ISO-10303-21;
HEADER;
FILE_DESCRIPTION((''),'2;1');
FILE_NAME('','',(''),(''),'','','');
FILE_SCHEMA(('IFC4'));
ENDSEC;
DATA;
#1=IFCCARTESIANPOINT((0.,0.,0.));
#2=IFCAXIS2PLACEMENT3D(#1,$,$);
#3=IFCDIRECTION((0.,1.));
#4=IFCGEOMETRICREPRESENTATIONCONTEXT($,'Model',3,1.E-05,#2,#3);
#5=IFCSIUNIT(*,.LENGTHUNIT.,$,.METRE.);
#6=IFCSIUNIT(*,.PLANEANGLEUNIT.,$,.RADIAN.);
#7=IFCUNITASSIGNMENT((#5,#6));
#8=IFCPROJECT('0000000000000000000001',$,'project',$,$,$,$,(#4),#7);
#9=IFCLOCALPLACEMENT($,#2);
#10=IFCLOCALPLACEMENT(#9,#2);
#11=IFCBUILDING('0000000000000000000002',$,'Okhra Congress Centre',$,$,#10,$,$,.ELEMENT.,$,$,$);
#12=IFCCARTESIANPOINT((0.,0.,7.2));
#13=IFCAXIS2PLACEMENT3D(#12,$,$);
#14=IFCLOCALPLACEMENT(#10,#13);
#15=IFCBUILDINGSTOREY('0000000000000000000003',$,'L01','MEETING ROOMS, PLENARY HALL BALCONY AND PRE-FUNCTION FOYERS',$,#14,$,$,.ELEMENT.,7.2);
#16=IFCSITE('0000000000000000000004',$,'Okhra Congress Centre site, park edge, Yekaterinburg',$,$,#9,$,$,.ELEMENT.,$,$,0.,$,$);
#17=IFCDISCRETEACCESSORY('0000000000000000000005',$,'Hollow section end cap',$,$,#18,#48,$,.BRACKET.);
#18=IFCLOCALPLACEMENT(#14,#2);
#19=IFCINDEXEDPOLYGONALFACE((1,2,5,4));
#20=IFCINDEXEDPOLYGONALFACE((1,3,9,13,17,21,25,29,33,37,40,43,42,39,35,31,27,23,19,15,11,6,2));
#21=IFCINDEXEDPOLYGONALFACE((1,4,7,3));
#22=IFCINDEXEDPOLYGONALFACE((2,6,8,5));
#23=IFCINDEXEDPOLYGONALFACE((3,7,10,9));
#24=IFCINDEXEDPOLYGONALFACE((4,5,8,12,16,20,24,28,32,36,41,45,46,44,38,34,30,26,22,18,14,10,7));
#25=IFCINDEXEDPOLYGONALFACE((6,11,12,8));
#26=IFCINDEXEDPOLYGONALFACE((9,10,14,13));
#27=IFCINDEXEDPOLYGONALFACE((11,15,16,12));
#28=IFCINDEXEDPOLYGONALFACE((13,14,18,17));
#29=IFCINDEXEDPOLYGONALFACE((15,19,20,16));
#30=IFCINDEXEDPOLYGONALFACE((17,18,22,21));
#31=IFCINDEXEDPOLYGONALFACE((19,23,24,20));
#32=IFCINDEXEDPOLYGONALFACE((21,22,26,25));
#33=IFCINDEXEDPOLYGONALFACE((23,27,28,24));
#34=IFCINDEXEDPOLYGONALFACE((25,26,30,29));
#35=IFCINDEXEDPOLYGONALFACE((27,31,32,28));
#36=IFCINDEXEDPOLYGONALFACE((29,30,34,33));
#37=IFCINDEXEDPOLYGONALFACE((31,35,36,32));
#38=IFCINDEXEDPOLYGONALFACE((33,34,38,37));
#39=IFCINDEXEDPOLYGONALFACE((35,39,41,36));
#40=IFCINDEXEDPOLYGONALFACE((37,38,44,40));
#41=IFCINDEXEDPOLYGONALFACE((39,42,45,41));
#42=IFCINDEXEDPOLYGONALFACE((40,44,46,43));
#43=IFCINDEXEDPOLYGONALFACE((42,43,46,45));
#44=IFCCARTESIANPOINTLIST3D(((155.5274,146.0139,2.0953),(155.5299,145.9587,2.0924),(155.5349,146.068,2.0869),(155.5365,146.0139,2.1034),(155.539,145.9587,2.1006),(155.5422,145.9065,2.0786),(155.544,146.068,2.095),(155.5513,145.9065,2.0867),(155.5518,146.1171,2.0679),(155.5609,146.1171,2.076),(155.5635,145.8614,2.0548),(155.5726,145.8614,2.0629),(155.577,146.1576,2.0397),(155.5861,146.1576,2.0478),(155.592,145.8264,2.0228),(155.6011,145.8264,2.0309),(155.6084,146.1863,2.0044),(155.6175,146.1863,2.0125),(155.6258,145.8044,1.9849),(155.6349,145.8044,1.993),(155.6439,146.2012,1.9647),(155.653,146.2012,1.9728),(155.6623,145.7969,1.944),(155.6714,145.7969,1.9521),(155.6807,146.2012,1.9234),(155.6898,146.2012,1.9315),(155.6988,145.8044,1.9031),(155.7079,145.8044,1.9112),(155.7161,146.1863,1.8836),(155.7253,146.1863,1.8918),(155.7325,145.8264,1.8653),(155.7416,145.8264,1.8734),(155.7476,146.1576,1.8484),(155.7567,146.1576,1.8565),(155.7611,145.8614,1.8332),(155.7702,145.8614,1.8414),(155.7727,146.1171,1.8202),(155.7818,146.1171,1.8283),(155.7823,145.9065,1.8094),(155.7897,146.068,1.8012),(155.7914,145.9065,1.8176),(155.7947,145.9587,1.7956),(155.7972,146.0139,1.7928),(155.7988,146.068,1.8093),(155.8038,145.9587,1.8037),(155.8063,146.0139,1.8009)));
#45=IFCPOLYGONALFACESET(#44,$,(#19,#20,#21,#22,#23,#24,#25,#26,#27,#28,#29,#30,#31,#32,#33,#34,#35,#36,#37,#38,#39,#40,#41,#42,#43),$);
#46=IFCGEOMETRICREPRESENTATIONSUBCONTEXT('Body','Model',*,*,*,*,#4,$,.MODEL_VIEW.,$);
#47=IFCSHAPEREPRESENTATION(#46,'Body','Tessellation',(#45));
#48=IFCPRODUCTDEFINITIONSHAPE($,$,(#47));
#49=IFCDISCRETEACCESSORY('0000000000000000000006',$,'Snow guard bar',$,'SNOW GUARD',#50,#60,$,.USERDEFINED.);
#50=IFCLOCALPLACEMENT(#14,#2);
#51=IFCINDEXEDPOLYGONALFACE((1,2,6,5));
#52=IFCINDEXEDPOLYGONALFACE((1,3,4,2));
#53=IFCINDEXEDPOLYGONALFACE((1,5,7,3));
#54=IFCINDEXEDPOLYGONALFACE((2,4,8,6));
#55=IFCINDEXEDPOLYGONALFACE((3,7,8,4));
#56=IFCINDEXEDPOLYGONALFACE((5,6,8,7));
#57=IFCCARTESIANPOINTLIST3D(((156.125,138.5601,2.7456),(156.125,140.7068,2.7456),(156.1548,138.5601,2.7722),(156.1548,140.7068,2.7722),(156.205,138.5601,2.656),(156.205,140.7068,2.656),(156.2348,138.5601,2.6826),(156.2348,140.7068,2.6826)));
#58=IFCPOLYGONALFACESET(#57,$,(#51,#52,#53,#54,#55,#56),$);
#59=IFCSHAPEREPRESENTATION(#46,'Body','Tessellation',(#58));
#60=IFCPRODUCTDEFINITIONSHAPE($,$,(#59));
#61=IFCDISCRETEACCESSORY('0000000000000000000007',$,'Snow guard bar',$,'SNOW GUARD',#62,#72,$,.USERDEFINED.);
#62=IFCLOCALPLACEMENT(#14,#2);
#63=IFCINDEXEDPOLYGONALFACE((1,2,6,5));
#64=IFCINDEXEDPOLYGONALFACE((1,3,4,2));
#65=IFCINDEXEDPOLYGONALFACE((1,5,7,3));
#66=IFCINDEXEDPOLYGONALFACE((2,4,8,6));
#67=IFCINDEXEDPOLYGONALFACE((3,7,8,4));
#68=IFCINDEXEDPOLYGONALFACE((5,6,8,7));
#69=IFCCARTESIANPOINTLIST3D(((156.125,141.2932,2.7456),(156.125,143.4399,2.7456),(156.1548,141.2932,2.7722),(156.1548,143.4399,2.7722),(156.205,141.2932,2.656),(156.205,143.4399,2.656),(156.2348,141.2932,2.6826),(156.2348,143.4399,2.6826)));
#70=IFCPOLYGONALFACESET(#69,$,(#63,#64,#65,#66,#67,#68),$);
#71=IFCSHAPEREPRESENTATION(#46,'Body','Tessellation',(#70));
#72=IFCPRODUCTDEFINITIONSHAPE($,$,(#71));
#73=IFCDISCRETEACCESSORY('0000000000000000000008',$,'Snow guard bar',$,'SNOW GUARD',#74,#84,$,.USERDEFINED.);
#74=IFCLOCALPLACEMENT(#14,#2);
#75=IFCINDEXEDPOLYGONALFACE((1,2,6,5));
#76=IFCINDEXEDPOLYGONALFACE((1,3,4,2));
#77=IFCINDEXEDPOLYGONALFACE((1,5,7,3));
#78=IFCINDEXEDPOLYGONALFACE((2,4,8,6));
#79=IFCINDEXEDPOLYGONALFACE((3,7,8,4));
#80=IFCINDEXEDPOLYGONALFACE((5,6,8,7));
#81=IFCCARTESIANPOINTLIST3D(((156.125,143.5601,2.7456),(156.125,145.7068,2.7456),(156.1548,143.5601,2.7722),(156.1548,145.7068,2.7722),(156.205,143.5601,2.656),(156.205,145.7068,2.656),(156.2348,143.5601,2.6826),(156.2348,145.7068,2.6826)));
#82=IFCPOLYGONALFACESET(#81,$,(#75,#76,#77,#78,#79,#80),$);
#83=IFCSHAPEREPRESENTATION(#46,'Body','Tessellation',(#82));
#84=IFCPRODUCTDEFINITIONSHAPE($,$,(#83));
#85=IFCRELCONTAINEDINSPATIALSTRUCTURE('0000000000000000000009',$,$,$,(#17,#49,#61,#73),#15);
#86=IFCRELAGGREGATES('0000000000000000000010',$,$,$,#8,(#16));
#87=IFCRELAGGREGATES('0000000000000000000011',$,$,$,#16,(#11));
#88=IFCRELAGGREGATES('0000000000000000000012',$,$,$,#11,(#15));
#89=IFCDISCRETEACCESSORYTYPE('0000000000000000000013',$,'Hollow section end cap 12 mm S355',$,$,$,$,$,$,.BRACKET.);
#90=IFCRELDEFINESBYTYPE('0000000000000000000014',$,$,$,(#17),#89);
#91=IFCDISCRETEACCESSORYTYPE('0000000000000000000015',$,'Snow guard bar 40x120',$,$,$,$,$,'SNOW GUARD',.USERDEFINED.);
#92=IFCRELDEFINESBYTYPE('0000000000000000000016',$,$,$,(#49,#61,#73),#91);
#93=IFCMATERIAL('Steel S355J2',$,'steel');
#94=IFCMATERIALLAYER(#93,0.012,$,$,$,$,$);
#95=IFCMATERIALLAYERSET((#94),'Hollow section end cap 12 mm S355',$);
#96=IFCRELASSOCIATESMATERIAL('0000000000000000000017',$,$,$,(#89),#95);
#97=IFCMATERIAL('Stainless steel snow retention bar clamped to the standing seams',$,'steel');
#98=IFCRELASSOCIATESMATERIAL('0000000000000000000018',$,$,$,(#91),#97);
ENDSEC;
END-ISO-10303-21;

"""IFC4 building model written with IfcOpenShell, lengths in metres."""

from ifc_helpers import new_model, si_unit, direction, frame, origin, origin_2d, place, context, subcontext, project, spatial, polyline, circle, outline, extrude, material, layer, layer_set, type_object, element, save


model = new_model("IFC4")

# Units and contexts
model_context = context("Model", 3, precision=1e-05, world=origin(), true_north=direction((0.0, 1.0)))
body_context = subcontext(model_context, "Body", "Model", "MODEL_VIEW")
ifc_project = project(units=[si_unit("LENGTHUNIT", "METRE"), si_unit("PLANEANGLEUNIT", "RADIAN")], contexts=[model_context])

# Site, building, storey
site_placement = place(None, origin())
site = spatial("IfcSite", under=ifc_project, at=site_placement, Name="Okhra Congress Centre site, park edge, Yekaterinburg", CompositionType="ELEMENT", RefElevation=0.0)
building_placement = place(site_placement, origin())
building = spatial("IfcBuilding", under=site, at=building_placement, Name="Okhra Congress Centre", CompositionType="ELEMENT")
storey_placement = place(building_placement, frame((0.0, 0.0, 7.2)))
storey = spatial("IfcBuildingStorey", under=building, at=storey_placement, Name="L01", Description="MEETING ROOMS, PLENARY HALL BALCONY AND PRE-FUNCTION FOYERS", CompositionType="ELEMENT", Elevation=7.2)

# Shared definitions
ifc_material_1 = material(Name="Steel S355J2", Category="steel")

# Discrete accessories
ifc_layer_1 = layer(ifc_material_1, 0.012)
ifc_layer_set_1 = layer_set([ifc_layer_1], Name="Hollow section end cap 12 mm S355")
discrete_accessory_type_1 = type_object("IfcDiscreteAccessoryType", Name="Hollow section end cap 12 mm S355", PredefinedType="BRACKET", material=ifc_layer_set_1)
for number, where, z_axis, x_axis, name in (
    (1, (155.6714, 146.0, 1.9521), (-0.746295, 0.0, -0.665615), (0.0, -1.0, 0.0), "Hollow section end cap"),
):
    element("IfcDiscreteAccessory", number, at=place(storey_placement, frame(where, z_axis=z_axis, x_axis=x_axis)), inside=storey, type_object=discrete_accessory_type_1, Name=name, PredefinedType="BRACKET", context=body_context, shape_type="SweptSolid", body=[
        extrude(circle(Radius=0.2031, at=origin_2d()), origin(), (0.0, 0.0, 1.0), 0.0122),
    ])
ifc_material_2 = material(Name="Stainless steel snow retention bar clamped to the standing seams", Category="steel")
discrete_accessory_type_2 = type_object("IfcDiscreteAccessoryType", Name="Snow guard bar 40x120", ElementType="SNOW GUARD", PredefinedType="USERDEFINED", material=ifc_material_2)
for number, where, z_axis, x_axis, name in (
    (2, (156.125, 138.5601, 2.7456), (-0.666259, 0.0, 0.745721), (0.745721, 0.0, 0.666259), "Snow guard bar"),
    (3, (156.125, 141.2932, 2.7456), (-0.666259, 0.0, 0.745721), (0.745721, 0.0, 0.666259), "Snow guard bar"),
    (4, (156.125, 143.5601, 2.7456), (-0.666259, 0.0, 0.745721), (0.745721, 0.0, 0.666259), "Snow guard bar"),
):
    element("IfcDiscreteAccessory", number, at=place(storey_placement, frame(where, z_axis=z_axis, x_axis=x_axis)), inside=storey, type_object=discrete_accessory_type_2, Name=name, ObjectType="SNOW GUARD", PredefinedType="USERDEFINED", context=body_context, shape_type="SweptSolid", body=[
        extrude(outline(polyline([(0.0, 0.0), (0.0399, 0.0), (0.0399, 2.1467), (0.0, 2.1467), (0.0, 0.0)])), origin(), (0.0, 0.0, -1.0), 0.1201),
    ])

save(model, "model.ifc")
